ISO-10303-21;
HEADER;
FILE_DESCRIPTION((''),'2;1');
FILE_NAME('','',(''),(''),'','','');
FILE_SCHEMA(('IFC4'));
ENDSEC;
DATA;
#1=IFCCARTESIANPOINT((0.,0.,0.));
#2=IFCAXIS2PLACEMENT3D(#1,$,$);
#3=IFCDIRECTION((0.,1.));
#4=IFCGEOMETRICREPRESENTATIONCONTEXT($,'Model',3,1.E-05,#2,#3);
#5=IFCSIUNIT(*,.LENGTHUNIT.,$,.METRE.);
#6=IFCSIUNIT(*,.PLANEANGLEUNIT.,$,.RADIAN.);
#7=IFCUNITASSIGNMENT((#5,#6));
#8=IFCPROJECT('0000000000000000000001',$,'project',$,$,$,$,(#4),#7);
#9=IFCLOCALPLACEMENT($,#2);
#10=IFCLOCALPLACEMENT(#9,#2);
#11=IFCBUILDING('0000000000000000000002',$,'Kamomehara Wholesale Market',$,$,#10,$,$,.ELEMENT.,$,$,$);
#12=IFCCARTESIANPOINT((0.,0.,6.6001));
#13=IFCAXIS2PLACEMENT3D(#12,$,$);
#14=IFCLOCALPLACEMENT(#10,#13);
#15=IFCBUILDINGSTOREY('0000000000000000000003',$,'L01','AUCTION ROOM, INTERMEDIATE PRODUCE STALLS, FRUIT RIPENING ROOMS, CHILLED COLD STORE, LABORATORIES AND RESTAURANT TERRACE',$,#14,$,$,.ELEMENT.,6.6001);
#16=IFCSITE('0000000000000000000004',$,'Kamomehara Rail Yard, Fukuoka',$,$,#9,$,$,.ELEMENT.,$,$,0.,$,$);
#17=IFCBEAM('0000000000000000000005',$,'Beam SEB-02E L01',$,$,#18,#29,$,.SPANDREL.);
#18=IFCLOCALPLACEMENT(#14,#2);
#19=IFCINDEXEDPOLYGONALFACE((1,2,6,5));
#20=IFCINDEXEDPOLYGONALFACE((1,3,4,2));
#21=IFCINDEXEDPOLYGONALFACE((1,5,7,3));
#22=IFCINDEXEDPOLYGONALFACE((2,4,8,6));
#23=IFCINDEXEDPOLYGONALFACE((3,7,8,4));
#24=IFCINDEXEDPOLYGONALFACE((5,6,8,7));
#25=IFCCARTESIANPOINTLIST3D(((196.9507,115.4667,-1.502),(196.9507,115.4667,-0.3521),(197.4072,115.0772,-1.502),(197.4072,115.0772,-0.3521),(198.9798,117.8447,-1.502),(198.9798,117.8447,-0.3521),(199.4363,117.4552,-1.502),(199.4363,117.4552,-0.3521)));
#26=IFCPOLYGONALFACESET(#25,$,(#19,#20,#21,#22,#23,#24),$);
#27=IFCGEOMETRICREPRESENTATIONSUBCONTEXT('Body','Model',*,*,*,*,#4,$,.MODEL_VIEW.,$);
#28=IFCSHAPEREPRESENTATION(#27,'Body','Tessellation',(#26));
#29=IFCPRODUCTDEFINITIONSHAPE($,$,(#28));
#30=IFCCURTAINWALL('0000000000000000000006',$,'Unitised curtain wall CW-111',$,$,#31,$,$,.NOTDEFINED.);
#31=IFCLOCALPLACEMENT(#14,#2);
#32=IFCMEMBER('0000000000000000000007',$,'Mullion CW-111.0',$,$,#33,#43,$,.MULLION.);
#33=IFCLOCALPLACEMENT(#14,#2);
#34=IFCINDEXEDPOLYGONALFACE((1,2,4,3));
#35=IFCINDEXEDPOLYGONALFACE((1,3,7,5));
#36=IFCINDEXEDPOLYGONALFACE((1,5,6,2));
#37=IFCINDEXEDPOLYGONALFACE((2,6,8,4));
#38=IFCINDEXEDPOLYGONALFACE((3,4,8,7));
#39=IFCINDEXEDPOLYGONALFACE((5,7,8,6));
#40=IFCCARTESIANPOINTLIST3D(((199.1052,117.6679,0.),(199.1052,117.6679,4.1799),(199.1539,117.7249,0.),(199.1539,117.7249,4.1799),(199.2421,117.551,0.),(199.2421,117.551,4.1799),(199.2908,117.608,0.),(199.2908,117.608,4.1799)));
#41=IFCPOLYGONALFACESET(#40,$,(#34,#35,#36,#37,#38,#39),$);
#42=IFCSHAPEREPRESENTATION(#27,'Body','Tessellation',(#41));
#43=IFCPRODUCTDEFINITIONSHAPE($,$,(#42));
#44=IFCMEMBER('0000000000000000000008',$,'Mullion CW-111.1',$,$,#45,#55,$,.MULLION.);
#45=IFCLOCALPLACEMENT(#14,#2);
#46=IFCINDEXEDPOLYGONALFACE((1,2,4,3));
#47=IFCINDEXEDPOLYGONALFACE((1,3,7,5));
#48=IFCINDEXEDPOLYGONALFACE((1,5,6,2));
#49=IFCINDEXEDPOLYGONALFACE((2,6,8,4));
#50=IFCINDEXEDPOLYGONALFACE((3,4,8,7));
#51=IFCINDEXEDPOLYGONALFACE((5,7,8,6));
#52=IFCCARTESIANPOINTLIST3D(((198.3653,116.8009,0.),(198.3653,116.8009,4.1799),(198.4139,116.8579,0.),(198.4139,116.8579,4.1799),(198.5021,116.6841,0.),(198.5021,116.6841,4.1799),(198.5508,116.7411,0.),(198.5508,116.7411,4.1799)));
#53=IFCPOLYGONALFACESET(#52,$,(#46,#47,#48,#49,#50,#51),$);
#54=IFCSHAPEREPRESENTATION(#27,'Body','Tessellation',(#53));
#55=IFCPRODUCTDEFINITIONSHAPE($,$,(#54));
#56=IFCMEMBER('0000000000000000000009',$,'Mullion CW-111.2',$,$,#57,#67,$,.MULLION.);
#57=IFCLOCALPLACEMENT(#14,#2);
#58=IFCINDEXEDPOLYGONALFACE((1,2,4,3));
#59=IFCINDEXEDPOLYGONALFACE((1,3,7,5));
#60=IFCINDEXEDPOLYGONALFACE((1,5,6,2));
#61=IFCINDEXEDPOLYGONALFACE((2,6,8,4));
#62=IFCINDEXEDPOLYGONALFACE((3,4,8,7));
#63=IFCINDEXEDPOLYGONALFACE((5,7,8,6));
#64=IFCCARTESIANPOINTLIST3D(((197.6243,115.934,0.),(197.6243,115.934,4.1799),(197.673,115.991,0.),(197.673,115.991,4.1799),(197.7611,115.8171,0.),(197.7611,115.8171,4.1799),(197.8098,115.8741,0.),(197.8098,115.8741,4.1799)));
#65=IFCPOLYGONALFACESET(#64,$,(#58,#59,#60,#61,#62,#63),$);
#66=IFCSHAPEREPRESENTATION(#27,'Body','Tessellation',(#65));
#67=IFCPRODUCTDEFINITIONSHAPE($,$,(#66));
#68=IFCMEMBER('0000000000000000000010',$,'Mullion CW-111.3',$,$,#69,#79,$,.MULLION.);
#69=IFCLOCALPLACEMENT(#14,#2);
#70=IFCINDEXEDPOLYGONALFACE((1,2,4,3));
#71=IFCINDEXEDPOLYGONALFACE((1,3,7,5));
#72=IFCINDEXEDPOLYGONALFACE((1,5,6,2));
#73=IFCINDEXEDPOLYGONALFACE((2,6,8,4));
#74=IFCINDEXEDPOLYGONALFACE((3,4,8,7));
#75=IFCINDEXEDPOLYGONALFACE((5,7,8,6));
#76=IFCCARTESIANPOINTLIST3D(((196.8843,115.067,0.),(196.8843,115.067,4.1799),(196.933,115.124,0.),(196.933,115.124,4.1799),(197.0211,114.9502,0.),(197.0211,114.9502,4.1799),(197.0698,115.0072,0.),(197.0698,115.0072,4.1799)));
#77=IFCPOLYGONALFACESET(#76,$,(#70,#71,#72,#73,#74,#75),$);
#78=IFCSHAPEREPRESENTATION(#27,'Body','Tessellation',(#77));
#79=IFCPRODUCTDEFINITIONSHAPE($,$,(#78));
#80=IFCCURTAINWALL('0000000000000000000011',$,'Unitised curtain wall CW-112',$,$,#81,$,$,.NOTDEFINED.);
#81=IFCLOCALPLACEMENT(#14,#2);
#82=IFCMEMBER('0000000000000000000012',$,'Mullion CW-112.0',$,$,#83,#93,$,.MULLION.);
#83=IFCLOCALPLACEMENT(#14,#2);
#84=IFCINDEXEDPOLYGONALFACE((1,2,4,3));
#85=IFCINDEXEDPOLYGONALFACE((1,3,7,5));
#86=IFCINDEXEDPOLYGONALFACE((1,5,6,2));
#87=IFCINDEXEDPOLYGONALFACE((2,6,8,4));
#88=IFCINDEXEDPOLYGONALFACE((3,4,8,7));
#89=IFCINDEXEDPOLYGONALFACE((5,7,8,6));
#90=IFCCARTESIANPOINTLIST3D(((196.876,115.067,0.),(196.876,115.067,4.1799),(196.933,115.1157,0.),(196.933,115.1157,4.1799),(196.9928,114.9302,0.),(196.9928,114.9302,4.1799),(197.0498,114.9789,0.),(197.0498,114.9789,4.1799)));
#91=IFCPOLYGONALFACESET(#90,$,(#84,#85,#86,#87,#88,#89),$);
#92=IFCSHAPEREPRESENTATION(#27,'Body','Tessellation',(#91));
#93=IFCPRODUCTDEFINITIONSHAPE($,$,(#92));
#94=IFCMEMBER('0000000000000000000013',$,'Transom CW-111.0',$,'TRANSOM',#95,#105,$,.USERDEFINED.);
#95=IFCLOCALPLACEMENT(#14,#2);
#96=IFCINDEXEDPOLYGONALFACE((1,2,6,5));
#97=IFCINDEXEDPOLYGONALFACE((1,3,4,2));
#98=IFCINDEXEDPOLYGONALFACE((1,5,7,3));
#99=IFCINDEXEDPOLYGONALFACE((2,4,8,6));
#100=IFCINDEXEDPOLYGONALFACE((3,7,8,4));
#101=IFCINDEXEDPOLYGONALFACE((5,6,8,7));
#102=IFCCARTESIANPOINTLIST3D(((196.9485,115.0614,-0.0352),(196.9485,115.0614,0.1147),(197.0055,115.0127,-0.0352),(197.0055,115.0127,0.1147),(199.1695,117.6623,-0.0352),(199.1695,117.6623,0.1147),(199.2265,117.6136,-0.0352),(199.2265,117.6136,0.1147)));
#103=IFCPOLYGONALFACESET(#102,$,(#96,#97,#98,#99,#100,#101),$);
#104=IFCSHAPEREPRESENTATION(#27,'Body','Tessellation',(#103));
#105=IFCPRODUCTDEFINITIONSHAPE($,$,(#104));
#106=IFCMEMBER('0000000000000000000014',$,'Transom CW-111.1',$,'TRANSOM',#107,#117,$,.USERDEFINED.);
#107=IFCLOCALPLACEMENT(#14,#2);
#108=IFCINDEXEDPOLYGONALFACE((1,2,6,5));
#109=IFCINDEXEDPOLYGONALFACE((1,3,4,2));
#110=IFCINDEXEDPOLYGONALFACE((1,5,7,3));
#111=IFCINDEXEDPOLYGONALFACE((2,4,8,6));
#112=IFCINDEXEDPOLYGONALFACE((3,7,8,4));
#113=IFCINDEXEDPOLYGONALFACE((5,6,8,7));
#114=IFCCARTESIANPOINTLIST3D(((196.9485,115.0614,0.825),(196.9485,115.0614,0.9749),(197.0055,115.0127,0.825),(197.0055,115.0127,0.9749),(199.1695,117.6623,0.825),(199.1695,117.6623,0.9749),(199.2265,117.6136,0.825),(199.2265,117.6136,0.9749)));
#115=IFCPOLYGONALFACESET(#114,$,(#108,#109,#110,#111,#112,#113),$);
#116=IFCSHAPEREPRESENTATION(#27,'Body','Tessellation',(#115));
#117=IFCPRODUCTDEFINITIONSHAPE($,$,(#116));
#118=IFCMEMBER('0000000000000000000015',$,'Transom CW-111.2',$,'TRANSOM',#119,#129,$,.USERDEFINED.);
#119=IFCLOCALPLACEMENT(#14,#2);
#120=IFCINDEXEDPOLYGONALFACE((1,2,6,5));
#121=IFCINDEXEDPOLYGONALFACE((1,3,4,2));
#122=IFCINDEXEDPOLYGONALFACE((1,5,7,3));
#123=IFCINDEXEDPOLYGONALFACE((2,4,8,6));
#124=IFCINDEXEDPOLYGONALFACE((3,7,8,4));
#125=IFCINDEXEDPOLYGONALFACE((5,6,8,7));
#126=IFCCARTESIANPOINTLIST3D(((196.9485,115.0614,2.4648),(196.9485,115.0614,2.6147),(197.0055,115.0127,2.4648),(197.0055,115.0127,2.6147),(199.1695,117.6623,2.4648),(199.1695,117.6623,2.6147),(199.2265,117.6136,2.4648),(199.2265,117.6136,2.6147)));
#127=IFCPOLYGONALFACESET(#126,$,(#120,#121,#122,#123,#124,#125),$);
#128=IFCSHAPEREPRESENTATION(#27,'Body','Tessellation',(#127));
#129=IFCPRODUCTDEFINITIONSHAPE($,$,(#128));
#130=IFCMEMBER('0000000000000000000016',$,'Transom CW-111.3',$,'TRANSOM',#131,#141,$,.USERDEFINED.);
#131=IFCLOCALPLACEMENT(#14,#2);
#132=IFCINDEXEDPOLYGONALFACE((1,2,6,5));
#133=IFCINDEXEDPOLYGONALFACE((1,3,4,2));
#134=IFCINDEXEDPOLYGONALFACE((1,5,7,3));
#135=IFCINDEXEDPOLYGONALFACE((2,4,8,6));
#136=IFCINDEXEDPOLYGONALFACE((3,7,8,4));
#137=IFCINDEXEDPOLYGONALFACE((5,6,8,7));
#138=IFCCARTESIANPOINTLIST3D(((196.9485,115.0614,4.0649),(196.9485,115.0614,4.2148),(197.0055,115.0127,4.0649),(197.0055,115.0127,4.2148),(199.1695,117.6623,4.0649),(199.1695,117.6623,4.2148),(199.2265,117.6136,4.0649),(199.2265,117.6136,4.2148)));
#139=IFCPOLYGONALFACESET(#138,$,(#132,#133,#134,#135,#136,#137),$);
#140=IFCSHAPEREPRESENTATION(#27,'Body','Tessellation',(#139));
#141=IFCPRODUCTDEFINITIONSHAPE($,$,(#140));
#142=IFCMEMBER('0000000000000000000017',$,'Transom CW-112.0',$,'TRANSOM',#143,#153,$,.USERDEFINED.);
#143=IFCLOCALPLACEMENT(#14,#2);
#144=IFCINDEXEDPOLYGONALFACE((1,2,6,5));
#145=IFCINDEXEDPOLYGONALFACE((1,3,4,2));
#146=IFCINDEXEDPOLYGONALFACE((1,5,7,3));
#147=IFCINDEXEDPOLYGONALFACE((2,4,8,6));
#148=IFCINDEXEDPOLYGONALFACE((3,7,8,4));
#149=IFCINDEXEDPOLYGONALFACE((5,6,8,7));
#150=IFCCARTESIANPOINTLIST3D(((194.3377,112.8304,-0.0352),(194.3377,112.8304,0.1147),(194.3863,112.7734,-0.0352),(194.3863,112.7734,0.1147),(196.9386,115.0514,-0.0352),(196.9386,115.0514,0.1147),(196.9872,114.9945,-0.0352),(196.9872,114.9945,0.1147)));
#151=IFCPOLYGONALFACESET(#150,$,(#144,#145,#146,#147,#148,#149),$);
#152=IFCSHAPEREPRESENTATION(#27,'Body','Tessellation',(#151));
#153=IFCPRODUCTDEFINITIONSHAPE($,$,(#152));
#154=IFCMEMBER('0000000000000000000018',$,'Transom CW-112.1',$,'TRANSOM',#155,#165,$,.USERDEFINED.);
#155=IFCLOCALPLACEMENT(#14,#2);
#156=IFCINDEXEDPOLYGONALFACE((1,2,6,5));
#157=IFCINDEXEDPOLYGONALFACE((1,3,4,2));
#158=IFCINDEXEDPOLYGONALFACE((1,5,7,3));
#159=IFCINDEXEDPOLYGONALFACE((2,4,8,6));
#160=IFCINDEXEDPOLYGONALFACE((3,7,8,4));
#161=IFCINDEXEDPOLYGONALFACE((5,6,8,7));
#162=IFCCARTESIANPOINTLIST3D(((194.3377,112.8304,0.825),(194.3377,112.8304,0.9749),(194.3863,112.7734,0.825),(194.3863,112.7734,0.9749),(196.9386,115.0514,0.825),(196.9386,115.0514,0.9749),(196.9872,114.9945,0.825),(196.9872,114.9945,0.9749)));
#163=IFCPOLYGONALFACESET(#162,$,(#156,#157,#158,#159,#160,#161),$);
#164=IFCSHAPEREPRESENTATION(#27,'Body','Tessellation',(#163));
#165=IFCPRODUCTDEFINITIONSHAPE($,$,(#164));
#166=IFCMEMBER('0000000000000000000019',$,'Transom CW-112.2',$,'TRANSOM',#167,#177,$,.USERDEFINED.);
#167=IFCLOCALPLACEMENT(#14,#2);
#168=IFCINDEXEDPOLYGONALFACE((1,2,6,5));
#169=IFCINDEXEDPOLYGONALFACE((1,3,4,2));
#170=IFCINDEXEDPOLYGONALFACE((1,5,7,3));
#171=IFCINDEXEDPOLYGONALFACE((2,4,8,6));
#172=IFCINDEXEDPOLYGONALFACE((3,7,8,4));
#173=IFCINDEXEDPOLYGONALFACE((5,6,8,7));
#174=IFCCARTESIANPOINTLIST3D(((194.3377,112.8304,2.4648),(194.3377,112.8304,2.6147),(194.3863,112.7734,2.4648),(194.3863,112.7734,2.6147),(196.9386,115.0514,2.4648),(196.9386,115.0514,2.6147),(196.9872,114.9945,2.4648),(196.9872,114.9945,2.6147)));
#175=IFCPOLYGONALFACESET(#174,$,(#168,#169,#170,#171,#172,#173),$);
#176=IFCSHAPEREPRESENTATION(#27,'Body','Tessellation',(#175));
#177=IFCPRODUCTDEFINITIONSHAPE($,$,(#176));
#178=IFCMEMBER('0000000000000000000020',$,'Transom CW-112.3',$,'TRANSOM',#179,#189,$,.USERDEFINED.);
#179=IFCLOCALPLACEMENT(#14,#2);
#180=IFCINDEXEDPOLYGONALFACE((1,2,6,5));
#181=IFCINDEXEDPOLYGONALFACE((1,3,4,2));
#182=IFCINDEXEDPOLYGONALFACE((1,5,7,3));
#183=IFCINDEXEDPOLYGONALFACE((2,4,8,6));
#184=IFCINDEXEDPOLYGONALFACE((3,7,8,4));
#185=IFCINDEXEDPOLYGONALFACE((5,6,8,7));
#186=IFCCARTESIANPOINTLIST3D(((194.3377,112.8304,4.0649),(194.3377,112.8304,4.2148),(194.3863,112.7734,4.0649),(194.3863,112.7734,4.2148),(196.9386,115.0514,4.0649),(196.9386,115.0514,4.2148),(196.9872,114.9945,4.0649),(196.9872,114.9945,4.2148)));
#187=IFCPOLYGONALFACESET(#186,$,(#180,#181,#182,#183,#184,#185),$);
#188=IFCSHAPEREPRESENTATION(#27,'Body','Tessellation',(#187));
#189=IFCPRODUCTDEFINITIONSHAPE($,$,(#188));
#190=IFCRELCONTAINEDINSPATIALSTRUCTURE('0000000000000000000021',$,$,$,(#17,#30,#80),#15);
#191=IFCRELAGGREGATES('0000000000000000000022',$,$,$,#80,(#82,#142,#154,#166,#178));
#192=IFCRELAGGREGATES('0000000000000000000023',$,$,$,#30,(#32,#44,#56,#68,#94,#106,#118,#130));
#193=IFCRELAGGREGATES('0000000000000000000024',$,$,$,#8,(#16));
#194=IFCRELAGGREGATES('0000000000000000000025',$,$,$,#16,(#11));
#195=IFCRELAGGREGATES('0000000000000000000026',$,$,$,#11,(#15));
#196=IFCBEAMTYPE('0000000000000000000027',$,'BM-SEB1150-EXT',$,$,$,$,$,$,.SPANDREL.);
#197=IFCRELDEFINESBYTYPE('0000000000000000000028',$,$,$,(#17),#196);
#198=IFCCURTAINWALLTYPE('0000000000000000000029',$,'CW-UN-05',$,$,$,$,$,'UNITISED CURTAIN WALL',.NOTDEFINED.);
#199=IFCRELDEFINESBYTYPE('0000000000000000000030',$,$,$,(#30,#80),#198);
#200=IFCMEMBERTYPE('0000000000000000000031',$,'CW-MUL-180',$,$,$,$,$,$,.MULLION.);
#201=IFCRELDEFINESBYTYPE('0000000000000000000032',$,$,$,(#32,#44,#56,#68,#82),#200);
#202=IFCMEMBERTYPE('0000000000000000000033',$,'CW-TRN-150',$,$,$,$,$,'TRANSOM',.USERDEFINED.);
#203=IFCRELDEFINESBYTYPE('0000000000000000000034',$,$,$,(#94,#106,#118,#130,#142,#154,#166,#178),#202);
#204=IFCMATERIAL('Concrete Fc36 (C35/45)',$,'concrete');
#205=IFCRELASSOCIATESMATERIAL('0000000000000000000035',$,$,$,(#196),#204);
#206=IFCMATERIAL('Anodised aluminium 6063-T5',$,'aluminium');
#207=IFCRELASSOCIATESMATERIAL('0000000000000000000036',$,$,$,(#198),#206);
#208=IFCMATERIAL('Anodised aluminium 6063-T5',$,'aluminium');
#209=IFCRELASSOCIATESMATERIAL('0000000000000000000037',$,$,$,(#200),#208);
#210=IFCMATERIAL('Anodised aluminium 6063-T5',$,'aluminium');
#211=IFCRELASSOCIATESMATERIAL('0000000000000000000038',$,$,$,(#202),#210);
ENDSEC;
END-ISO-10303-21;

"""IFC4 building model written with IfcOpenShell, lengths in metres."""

from ifc_helpers import new_model, si_unit, direction, frame, origin, origin_2d, place, context, subcontext, project, spatial, rectangle, extrude, material, material_profile, profile_set, type_object, element, aggregate, save


model = new_model("IFC4")

# Units and contexts
model_context = context("Model", 3, precision=1e-05, world=origin(), true_north=direction((0.0, 1.0)))
body_context = subcontext(model_context, "Body", "Model", "MODEL_VIEW")
ifc_project = project(units=[si_unit("LENGTHUNIT", "METRE"), si_unit("PLANEANGLEUNIT", "RADIAN")], contexts=[model_context])

# Site, building, storey
site_placement = place(None, origin())
site = spatial("IfcSite", under=ifc_project, at=site_placement, Name="Kamomehara Rail Yard, Fukuoka", CompositionType="ELEMENT", RefElevation=0.0)
building_placement = place(site_placement, origin())
building = spatial("IfcBuilding", under=site, at=building_placement, Name="Kamomehara Wholesale Market", CompositionType="ELEMENT")
storey_placement = place(building_placement, frame((0.0, 0.0, 6.6001)))
storey = spatial("IfcBuildingStorey", under=building, at=storey_placement, Name="L01", Description="AUCTION ROOM, INTERMEDIATE PRODUCE STALLS, FRUIT RIPENING ROOMS, CHILLED COLD STORE, LABORATORIES AND RESTAURANT TERRACE", CompositionType="ELEMENT", Elevation=6.6001)

# Beam
ifc_material_1 = material(Name="Concrete Fc36 (C35/45)", Category="concrete")
ifc_material_profile_1 = material_profile(ifc_material_1, rectangle(XDim=0.6001, YDim=1.1499, at=origin_2d()), Name="RC-SEB-600x1150")
ifc_profile_set_1 = profile_set([ifc_material_profile_1], Name="Concrete Fc36 (C35/45)")
beam_type = type_object("IfcBeamType", Name="BM-SEB1150-EXT", PredefinedType="SPANDREL", material=ifc_profile_set_1)
beam_placement = place(storey_placement, frame((197.179, 115.272, -0.927), z_axis=(0.649098, 0.760705, 0.0), x_axis=(-0.760705, 0.649098, 0.0)))
element("IfcBeam", 1, at=beam_placement, inside=storey, type_object=beam_type, Name="Beam SEB-02E L01", PredefinedType="SPANDREL", context=body_context, shape_type="SweptSolid", body=[
    extrude(rectangle(XDim=0.6001, YDim=1.1499, at=origin_2d()), origin(), (0.0, 0.0, 1.0), 3.126),
])

# Curtain wall, members
ifc_material_2 = material(Name="Anodised aluminium 6063-T5", Category="aluminium")
curtain_wall_type = type_object("IfcCurtainWallType", Name="CW-UN-05", ElementType="UNITISED CURTAIN WALL", PredefinedType="NOTDEFINED", material=ifc_material_2)
curtain_wall_1_placement = place(storey_placement, origin())
curtain_wall_1 = element("IfcCurtainWall", 2, at=curtain_wall_1_placement, inside=storey, type_object=curtain_wall_type, Name="Unitised curtain wall CW-111", PredefinedType="NOTDEFINED")
ifc_material_3 = material(Name="Anodised aluminium 6063-T5", Category="aluminium")
ifc_material_profile_2 = material_profile(ifc_material_3, rectangle(XDim=0.075, YDim=0.1799, at=origin_2d()), Name="ALU-MUL-75x180")
ifc_profile_set_2 = profile_set([ifc_material_profile_2], Name="Anodised aluminium 6063-T5")
member_type_1 = type_object("IfcMemberType", Name="CW-MUL-180", PredefinedType="MULLION", material=ifc_profile_set_2)
member_1_placement = place(storey_placement, frame((199.198, 117.6379, 0.0), z_axis=(0.0, 0.0, 1.0), x_axis=(-0.64937, -0.760473, 0.0)))
member_1 = element("IfcMember", 3, at=member_1_placement, type_object=member_type_1, Name="Mullion CW-111.0", PredefinedType="MULLION", context=body_context, shape_type="SweptSolid", body=[
    extrude(rectangle(XDim=0.075, YDim=0.1799, at=origin_2d()), origin(), (0.0, 0.0, 1.0), 4.1799),
])
member_2_placement = place(storey_placement, frame((198.458, 116.771, 0.0), z_axis=(0.0, 0.0, 1.0), x_axis=(-0.64937, -0.760473, 0.0)))
member_2 = element("IfcMember", 4, at=member_2_placement, type_object=member_type_1, Name="Mullion CW-111.1", PredefinedType="MULLION", context=body_context, shape_type="SweptSolid", body=[
    extrude(rectangle(XDim=0.075, YDim=0.1799, at=origin_2d()), origin(), (0.0, 0.0, 1.0), 4.1799),
])
member_3_placement = place(storey_placement, frame((197.717, 115.9041, 0.0), z_axis=(0.0, 0.0, 1.0), x_axis=(-0.64937, -0.760473, 0.0)))
member_3 = element("IfcMember", 5, at=member_3_placement, type_object=member_type_1, Name="Mullion CW-111.2", PredefinedType="MULLION", context=body_context, shape_type="SweptSolid", body=[
    extrude(rectangle(XDim=0.075, YDim=0.1799, at=origin_2d()), origin(), (0.0, 0.0, 1.0), 4.1799),
])
member_4_placement = place(storey_placement, frame((196.9771, 115.0371, 0.0), z_axis=(0.0, 0.0, 1.0), x_axis=(-0.64937, -0.760473, 0.0)))
member_4 = element("IfcMember", 6, at=member_4_placement, type_object=member_type_1, Name="Mullion CW-111.3", PredefinedType="MULLION", context=body_context, shape_type="SweptSolid", body=[
    extrude(rectangle(XDim=0.075, YDim=0.1799, at=origin_2d()), origin(), (0.0, 0.0, 1.0), 4.1799),
])

# Curtain wall, member
curtain_wall_2_placement = place(storey_placement, origin())
curtain_wall_2 = element("IfcCurtainWall", 7, at=curtain_wall_2_placement, inside=storey, type_object=curtain_wall_type, Name="Unitised curtain wall CW-112", PredefinedType="NOTDEFINED")
member_5_placement = place(storey_placement, frame((196.9629, 115.0229, 0.0), z_axis=(0.0, 0.0, 1.0), x_axis=(-0.760473, -0.64937, 0.0)))
member_5 = element("IfcMember", 8, at=member_5_placement, type_object=member_type_1, Name="Mullion CW-112.0", PredefinedType="MULLION", context=body_context, shape_type="SweptSolid", body=[
    extrude(rectangle(XDim=0.075, YDim=0.1799, at=origin_2d()), origin(), (0.0, 0.0, 1.0), 4.1799),
])

# Members
ifc_material_4 = material(Name="Anodised aluminium 6063-T5", Category="aluminium")
ifc_material_profile_3 = material_profile(ifc_material_4, rectangle(XDim=0.075, YDim=0.1499, at=origin_2d()), Name="ALU-TRN-75x150")
ifc_profile_set_3 = profile_set([ifc_material_profile_3], Name="Anodised aluminium 6063-T5")
member_type_2 = type_object("IfcMemberType", Name="CW-TRN-150", ElementType="TRANSOM", PredefinedType="USERDEFINED", material=ifc_profile_set_3)
member_6_placement = place(storey_placement, frame((199.198, 117.6379, 0.0398), z_axis=(-0.649385, -0.76046, 0.0), x_axis=(0.76046, -0.649385, 0.0)))
member_6 = element("IfcMember", 9, at=member_6_placement, type_object=member_type_2, Name="Transom CW-111.0", ObjectType="TRANSOM", PredefinedType="USERDEFINED", context=body_context, shape_type="SweptSolid", body=[
    extrude(rectangle(XDim=0.075, YDim=0.1499, at=origin_2d()), origin(), (0.0, 0.0, 1.0), 3.4202),
])
member_7_placement = place(storey_placement, frame((199.198, 117.6379, 0.8999), z_axis=(-0.649385, -0.76046, 0.0), x_axis=(0.76046, -0.649385, 0.0)))
member_7 = element("IfcMember", 10, at=member_7_placement, type_object=member_type_2, Name="Transom CW-111.1", ObjectType="TRANSOM", PredefinedType="USERDEFINED", context=body_context, shape_type="SweptSolid", body=[
    extrude(rectangle(XDim=0.075, YDim=0.1499, at=origin_2d()), origin(), (0.0, 0.0, 1.0), 3.4202),
])
member_8_placement = place(storey_placement, frame((199.198, 117.6379, 2.5398), z_axis=(-0.649385, -0.76046, 0.0), x_axis=(0.76046, -0.649385, 0.0)))
member_8 = element("IfcMember", 11, at=member_8_placement, type_object=member_type_2, Name="Transom CW-111.2", ObjectType="TRANSOM", PredefinedType="USERDEFINED", context=body_context, shape_type="SweptSolid", body=[
    extrude(rectangle(XDim=0.075, YDim=0.1499, at=origin_2d()), origin(), (0.0, 0.0, 1.0), 3.4202),
])
member_9_placement = place(storey_placement, frame((199.198, 117.6379, 4.1399), z_axis=(-0.649385, -0.76046, 0.0), x_axis=(0.76046, -0.649385, 0.0)))
member_9 = element("IfcMember", 12, at=member_9_placement, type_object=member_type_2, Name="Transom CW-111.3", ObjectType="TRANSOM", PredefinedType="USERDEFINED", context=body_context, shape_type="SweptSolid", body=[
    extrude(rectangle(XDim=0.075, YDim=0.1499, at=origin_2d()), origin(), (0.0, 0.0, 1.0), 3.4202),
])
member_10_placement = place(storey_placement, frame((196.9629, 115.0229, 0.0398), z_axis=(-0.76046, -0.649385, 0.0), x_axis=(0.649385, -0.76046, 0.0)))
member_10 = element("IfcMember", 13, at=member_10_placement, type_object=member_type_2, Name="Transom CW-112.0", ObjectType="TRANSOM", PredefinedType="USERDEFINED", context=body_context, shape_type="SweptSolid", body=[
    extrude(rectangle(XDim=0.075, YDim=0.1499, at=origin_2d()), origin(), (0.0, 0.0, 1.0), 3.4202),
])
member_11_placement = place(storey_placement, frame((196.9629, 115.0229, 0.8999), z_axis=(-0.76046, -0.649385, 0.0), x_axis=(0.649385, -0.76046, 0.0)))
member_11 = element("IfcMember", 14, at=member_11_placement, type_object=member_type_2, Name="Transom CW-112.1", ObjectType="TRANSOM", PredefinedType="USERDEFINED", context=body_context, shape_type="SweptSolid", body=[
    extrude(rectangle(XDim=0.075, YDim=0.1499, at=origin_2d()), origin(), (0.0, 0.0, 1.0), 3.4202),
])
member_12_placement = place(storey_placement, frame((196.9629, 115.0229, 2.5398), z_axis=(-0.76046, -0.649385, 0.0), x_axis=(0.649385, -0.76046, 0.0)))
member_12 = element("IfcMember", 15, at=member_12_placement, type_object=member_type_2, Name="Transom CW-112.2", ObjectType="TRANSOM", PredefinedType="USERDEFINED", context=body_context, shape_type="SweptSolid", body=[
    extrude(rectangle(XDim=0.075, YDim=0.1499, at=origin_2d()), origin(), (0.0, 0.0, 1.0), 3.4202),
])
member_13_placement = place(storey_placement, frame((196.9629, 115.0229, 4.1399), z_axis=(-0.76046, -0.649385, 0.0), x_axis=(0.649385, -0.76046, 0.0)))
member_13 = element("IfcMember", 16, at=member_13_placement, type_object=member_type_2, Name="Transom CW-112.3", ObjectType="TRANSOM", PredefinedType="USERDEFINED", context=body_context, shape_type="SweptSolid", body=[
    extrude(rectangle(XDim=0.075, YDim=0.1499, at=origin_2d()), origin(), (0.0, 0.0, 1.0), 3.4202),
])
aggregate(curtain_wall_2, [member_5, member_10, member_11, member_12, member_13])

aggregate(curtain_wall_1, [member_1, member_2, member_3, member_4, member_6, member_7, member_8, member_9])

save(model, "model.ifc")
